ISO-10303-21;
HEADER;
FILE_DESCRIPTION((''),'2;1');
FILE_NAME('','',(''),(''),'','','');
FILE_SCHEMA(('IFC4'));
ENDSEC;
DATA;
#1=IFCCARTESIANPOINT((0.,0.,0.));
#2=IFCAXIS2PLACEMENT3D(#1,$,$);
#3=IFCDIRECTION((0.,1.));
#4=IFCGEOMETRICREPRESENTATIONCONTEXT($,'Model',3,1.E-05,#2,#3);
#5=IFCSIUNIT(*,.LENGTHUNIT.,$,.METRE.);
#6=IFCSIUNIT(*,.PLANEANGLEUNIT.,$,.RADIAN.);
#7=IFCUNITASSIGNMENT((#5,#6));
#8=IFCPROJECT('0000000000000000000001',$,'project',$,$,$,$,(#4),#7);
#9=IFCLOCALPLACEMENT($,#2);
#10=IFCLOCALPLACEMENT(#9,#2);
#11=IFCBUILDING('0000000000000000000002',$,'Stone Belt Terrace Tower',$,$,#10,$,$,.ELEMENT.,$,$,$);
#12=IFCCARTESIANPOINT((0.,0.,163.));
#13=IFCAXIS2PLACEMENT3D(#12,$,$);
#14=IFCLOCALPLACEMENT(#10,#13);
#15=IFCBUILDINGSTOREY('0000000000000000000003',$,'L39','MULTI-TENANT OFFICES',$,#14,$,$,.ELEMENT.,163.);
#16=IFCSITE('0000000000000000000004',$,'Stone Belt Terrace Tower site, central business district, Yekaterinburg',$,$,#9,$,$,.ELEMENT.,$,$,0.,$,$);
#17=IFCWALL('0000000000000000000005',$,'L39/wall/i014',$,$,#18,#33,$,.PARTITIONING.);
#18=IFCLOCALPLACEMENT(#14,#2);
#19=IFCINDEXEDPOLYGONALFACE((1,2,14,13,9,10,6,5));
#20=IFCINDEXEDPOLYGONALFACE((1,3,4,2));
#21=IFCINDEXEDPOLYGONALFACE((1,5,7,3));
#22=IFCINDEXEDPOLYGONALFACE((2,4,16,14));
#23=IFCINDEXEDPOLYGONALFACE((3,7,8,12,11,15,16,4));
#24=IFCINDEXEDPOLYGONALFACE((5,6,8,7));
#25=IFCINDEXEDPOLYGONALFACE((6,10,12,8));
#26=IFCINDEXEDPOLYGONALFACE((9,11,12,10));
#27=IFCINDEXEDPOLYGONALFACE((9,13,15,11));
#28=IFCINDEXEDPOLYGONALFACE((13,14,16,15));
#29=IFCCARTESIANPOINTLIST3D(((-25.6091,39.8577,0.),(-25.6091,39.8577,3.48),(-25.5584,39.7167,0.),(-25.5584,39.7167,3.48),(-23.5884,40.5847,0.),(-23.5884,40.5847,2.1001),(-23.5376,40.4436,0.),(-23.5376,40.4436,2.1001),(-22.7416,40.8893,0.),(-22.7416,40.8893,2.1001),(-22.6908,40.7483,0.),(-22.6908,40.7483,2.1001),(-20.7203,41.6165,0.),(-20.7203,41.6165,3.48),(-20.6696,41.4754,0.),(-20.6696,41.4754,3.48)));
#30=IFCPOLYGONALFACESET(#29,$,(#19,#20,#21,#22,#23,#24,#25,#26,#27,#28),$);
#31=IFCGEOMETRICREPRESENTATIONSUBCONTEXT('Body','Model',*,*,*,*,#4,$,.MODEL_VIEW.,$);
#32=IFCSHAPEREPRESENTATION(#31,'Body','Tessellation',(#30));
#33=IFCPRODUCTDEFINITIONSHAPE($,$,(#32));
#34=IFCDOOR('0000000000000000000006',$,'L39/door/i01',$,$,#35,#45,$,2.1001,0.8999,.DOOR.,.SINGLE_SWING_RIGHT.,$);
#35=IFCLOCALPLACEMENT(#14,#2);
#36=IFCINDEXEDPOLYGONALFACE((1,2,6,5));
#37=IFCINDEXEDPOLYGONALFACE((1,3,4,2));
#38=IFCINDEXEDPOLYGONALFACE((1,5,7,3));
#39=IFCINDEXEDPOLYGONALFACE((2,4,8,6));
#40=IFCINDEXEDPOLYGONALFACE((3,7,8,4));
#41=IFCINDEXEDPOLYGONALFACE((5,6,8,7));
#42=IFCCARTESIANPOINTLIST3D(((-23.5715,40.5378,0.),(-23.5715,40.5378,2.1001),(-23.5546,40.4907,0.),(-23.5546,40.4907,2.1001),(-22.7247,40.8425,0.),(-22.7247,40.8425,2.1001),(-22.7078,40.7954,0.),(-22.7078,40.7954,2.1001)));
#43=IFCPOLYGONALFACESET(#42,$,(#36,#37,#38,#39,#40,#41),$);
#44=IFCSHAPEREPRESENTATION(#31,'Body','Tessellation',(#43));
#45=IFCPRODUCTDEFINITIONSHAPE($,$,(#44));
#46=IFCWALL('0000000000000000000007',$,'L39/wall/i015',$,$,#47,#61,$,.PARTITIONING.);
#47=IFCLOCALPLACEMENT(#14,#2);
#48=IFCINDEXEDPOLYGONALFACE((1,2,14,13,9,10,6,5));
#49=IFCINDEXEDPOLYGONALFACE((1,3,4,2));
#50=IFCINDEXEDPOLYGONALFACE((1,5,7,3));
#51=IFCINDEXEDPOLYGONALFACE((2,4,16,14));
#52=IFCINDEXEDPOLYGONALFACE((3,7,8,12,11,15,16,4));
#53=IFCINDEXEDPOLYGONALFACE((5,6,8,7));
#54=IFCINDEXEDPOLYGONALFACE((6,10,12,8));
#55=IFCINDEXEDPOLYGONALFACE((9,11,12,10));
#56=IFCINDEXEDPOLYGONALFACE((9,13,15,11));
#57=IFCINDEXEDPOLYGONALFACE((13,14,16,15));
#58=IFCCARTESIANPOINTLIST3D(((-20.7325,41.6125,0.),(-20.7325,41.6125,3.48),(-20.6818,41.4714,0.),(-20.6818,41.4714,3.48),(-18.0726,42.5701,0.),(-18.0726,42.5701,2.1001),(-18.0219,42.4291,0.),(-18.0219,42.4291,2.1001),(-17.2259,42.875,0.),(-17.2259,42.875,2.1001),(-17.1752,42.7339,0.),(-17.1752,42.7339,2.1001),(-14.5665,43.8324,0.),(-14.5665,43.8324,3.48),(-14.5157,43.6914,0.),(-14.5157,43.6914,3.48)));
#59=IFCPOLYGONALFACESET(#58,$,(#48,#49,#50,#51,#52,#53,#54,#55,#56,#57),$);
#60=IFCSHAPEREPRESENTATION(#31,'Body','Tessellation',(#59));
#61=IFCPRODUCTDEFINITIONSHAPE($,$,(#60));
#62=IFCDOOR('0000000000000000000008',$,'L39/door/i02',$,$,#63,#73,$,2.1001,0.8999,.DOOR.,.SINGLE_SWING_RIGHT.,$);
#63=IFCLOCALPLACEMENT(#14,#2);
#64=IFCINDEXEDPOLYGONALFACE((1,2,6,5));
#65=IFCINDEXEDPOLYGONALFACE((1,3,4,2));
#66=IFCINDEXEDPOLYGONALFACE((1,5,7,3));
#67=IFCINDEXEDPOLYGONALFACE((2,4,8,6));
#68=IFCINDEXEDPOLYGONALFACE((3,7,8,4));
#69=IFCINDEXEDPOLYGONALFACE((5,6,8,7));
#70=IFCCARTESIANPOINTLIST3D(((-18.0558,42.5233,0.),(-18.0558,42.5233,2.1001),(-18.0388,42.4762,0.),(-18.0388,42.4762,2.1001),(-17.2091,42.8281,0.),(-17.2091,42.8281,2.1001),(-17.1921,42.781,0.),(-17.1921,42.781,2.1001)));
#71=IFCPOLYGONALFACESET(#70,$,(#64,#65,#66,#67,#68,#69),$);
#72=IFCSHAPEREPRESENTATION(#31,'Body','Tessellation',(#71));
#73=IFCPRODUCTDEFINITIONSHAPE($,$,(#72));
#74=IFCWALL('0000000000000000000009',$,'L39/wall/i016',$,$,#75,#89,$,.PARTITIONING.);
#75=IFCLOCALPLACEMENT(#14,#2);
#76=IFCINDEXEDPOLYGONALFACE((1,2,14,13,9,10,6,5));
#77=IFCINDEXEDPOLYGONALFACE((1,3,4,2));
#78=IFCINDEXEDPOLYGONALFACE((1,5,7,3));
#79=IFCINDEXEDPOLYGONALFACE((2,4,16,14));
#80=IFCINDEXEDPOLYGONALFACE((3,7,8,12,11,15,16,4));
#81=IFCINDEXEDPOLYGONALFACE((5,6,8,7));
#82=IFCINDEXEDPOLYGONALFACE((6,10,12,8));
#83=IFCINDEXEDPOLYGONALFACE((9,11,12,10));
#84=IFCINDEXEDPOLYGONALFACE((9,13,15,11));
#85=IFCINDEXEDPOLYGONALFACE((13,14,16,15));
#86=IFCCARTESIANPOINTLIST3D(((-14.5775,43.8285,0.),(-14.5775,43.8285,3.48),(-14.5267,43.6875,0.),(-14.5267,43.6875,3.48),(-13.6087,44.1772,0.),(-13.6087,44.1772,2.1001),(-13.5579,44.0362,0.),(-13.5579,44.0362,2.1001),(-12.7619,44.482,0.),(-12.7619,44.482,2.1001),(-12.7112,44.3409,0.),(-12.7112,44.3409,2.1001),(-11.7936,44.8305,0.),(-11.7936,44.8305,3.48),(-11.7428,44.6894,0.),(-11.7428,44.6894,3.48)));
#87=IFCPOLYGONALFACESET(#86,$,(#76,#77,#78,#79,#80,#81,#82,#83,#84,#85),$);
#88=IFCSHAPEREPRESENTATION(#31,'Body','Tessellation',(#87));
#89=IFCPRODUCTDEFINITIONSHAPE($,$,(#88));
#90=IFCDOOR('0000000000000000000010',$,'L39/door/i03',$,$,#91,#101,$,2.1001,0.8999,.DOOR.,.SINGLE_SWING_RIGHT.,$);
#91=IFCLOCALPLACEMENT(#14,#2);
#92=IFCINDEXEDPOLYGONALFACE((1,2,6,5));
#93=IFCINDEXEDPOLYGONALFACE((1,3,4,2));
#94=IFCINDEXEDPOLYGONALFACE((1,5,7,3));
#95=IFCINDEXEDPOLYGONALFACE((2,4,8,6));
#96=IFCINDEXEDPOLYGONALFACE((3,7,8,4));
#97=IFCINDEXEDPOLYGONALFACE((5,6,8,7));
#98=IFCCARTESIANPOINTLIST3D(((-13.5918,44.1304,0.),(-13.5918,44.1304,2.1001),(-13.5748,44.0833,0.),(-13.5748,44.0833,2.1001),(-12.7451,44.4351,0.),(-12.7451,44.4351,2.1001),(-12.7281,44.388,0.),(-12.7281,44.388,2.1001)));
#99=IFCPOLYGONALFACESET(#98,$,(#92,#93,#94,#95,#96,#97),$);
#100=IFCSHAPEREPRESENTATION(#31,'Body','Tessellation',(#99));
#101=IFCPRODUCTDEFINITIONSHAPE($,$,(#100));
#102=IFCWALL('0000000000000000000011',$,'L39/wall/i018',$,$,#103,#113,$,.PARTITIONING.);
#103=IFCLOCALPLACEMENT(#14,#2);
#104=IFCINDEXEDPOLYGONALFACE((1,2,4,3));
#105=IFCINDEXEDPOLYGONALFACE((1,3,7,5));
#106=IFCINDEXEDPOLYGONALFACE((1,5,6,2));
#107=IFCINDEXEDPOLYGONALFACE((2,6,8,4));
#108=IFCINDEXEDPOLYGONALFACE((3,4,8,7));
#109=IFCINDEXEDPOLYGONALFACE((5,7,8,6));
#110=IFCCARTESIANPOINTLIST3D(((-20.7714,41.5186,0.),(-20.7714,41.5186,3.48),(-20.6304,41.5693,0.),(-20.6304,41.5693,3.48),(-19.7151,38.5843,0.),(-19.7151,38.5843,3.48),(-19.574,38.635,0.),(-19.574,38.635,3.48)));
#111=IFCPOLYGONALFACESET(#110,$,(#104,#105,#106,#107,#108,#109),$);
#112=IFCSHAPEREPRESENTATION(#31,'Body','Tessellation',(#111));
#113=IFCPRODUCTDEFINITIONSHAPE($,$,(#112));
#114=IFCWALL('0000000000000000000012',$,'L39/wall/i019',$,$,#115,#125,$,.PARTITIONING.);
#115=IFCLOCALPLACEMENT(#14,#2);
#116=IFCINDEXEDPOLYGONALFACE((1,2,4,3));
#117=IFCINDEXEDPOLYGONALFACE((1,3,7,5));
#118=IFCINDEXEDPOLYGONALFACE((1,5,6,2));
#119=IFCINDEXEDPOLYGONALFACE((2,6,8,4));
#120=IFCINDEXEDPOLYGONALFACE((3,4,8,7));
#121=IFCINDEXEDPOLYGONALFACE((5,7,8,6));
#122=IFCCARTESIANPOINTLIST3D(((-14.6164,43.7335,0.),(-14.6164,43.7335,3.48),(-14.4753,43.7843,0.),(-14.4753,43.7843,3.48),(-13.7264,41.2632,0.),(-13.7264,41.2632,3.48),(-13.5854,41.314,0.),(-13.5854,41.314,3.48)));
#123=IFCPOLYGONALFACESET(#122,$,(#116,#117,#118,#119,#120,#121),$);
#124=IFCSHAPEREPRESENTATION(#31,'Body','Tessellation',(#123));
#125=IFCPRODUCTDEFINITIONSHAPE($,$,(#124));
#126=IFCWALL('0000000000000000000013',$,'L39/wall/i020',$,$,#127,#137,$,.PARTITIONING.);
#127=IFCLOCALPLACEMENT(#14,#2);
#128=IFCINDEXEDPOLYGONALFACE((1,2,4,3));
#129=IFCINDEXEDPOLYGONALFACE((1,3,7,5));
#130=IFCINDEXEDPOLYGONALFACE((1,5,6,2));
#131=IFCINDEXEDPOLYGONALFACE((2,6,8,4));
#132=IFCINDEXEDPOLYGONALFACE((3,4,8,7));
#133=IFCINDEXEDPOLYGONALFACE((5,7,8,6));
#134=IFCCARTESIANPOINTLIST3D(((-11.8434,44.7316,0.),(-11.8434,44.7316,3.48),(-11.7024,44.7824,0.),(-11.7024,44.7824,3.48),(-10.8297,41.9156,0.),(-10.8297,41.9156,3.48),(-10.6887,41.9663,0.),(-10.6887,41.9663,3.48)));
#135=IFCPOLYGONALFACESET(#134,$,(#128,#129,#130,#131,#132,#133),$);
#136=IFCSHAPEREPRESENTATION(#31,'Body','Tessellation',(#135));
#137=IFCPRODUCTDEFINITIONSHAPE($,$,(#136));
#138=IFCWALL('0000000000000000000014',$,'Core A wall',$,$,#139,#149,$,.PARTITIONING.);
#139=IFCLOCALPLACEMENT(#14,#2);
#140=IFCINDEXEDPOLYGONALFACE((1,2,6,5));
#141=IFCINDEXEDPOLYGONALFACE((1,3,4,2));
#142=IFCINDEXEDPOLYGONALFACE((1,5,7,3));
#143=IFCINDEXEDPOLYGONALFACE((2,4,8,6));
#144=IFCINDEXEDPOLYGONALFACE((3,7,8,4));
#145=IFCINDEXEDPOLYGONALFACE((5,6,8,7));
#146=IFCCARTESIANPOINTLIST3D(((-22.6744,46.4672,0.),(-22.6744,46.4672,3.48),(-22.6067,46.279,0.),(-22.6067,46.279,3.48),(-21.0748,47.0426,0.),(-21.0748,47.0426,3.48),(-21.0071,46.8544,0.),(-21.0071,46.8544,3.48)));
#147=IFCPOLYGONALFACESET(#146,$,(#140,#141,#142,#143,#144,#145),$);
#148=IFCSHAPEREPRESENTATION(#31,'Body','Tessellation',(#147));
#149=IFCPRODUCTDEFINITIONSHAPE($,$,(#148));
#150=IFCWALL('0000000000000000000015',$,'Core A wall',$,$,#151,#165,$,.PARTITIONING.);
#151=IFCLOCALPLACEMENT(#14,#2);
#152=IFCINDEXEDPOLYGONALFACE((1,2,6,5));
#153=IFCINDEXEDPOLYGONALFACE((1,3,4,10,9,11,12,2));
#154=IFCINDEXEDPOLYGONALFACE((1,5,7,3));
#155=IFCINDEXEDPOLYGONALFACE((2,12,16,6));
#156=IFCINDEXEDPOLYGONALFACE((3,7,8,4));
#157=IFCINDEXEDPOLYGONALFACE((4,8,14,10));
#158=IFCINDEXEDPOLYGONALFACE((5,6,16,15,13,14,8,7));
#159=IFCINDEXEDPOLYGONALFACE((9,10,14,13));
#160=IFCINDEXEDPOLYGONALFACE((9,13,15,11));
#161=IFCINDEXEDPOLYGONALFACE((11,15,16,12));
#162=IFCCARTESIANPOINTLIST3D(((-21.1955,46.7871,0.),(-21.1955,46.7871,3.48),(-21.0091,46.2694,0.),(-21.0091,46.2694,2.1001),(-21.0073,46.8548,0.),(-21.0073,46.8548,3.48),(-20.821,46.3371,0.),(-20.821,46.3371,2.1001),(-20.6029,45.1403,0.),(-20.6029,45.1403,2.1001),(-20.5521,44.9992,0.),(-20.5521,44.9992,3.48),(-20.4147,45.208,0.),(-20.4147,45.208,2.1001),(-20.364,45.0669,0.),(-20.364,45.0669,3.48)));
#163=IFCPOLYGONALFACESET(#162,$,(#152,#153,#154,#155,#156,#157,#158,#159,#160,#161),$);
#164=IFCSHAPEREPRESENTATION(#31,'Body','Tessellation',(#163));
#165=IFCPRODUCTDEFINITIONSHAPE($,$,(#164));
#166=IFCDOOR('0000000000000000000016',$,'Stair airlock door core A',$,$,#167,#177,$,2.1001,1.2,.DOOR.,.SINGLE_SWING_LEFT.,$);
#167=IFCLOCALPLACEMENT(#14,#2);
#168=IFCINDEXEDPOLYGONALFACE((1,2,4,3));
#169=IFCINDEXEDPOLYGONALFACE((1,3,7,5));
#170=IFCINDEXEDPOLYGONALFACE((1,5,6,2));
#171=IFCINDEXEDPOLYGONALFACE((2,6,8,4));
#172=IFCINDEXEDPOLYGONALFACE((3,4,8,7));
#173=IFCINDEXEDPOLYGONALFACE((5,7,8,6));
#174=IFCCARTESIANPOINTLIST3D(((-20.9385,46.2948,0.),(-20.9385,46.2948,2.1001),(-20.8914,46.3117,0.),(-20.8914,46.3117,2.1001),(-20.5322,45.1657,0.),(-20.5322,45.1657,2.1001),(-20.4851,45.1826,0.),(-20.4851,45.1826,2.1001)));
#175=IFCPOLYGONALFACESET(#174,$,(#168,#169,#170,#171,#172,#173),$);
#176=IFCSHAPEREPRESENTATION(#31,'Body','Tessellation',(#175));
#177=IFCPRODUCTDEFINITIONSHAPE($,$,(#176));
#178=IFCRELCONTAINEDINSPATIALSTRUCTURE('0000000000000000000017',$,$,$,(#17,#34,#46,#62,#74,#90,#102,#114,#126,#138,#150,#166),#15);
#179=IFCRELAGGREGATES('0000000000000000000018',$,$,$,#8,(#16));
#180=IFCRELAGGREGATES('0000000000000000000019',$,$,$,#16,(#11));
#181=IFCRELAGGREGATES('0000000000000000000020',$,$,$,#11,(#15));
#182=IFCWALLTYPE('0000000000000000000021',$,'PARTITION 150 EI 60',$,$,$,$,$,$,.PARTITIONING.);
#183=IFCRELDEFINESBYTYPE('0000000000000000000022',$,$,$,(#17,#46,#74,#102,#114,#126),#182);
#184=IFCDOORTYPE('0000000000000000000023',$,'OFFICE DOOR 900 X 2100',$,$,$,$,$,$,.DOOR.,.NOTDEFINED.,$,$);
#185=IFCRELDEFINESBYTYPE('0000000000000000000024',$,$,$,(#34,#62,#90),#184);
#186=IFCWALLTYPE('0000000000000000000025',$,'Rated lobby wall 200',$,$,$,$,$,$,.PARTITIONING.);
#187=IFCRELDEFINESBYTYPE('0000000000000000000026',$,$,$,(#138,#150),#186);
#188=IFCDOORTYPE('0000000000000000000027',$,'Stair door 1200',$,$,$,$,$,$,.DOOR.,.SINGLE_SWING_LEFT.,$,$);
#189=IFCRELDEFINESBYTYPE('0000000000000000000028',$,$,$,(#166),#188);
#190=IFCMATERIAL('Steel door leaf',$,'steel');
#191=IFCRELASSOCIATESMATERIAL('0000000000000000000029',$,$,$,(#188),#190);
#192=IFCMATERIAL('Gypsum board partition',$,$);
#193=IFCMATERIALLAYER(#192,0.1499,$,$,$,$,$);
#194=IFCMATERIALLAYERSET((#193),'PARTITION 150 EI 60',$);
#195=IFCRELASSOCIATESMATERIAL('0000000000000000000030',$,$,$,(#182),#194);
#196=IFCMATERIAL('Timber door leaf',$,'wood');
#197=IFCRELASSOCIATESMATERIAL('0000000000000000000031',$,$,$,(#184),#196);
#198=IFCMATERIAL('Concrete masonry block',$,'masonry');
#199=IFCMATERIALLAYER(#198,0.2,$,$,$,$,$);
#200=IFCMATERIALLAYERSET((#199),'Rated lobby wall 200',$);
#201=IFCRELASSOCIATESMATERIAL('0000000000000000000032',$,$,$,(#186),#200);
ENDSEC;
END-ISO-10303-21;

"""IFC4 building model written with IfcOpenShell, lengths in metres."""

from ifc_helpers import new_model, si_unit, direction, frame, frame_2d, origin, place, context, subcontext, project, spatial, rectangle, extrude, material, layer, layer_set, type_object, element, fill, save


model = new_model("IFC4")

# Units and contexts
model_context = context("Model", 3, precision=1e-05, world=origin(), true_north=direction((0.0, 1.0)))
body_context = subcontext(model_context, "Body", "Model", "MODEL_VIEW")
ifc_project = project(units=[si_unit("LENGTHUNIT", "METRE"), si_unit("PLANEANGLEUNIT", "RADIAN")], contexts=[model_context])

# Site, building, storey
site_placement = place(None, origin())
site = spatial("IfcSite", under=ifc_project, at=site_placement, Name="Stone Belt Terrace Tower site, central business district, Yekaterinburg", CompositionType="ELEMENT", RefElevation=0.0)
building_placement = place(site_placement, origin())
building = spatial("IfcBuilding", under=site, at=building_placement, Name="Stone Belt Terrace Tower", CompositionType="ELEMENT")
storey_placement = place(building_placement, frame((0.0, 0.0, 163.0)))
storey = spatial("IfcBuildingStorey", under=building, at=storey_placement, Name="L39", Description="MULTI-TENANT OFFICES", CompositionType="ELEMENT", Elevation=163.0)

# Shared definitions
ifc_material_1 = material(Name="Steel door leaf", Category="steel")
door_type_1 = type_object("IfcDoorType", Name="Stair door 1200", OperationType="SINGLE_SWING_LEFT", PredefinedType="DOOR", material=ifc_material_1)

# Shared definitions
ifc_material_2 = material(Name="Timber door leaf", Category="wood")

# Shared definitions
ifc_material_3 = material(Name="Gypsum board partition")
ifc_layer_1 = layer(ifc_material_3, 0.1499)
ifc_layer_set_1 = layer_set([ifc_layer_1], Name="PARTITION 150 EI 60")
wall_type_1 = type_object("IfcWallType", Name="PARTITION 150 EI 60", PredefinedType="PARTITIONING", material=ifc_layer_set_1)

# Walls, openings, doors
wall_1_placement = place(storey_placement, frame((-20.6951, 41.5459, 0.0), z_axis=(0.0, 0.0, 1.0), x_axis=(-0.940962, -0.338511, 0.0)))
wall_1 = element("IfcWall", 1, at=wall_1_placement, inside=storey, type_object=wall_type_1, Name="L39/wall/i014", PredefinedType="PARTITIONING", context=body_context, shape_type="SweptSolid", body=[
    extrude(rectangle(XDim=5.1956, YDim=0.1499, at=frame_2d((2.5977, 0.0))), origin(), (0.0, 0.0, 1.0), 3.48),
])
opening_1_placement = place(wall_1_placement, frame((2.1479, 0.0, 0.0)))
opening_1 = element("IfcOpeningElement", 2, at=opening_1_placement, cuts=wall_1, PredefinedType="OPENING", context=body_context, shape_type="SweptSolid", body=[
    extrude(rectangle(XDim=0.8999, YDim=2.1001, at=frame_2d((0.45, 1.05))), frame((0.0, 0.085, 0.0), z_axis=(0.0, -1.0, 0.0), x_axis=(1.0, 0.0, 0.0)), (0.0, 0.0, 1.0), 0.1699),
])
door_type_2 = type_object("IfcDoorType", Name="OFFICE DOOR 900 X 2100", OperationType="NOTDEFINED", PredefinedType="DOOR", material=ifc_material_2)
door_1_placement = place(opening_1_placement, origin())
door_1 = element("IfcDoor", 3, at=door_1_placement, inside=storey, type_object=door_type_2, Name="L39/door/i01", OperationType="SINGLE_SWING_RIGHT", OverallHeight=2.1001, OverallWidth=0.8999, PredefinedType="DOOR", context=body_context, shape_type="SweptSolid", body=[
    extrude(rectangle(XDim=0.8999, YDim=2.1001, at=frame_2d((0.45, 1.05))), frame((0.0, 0.0249, 0.0), z_axis=(0.0, -1.0, 0.0), x_axis=(1.0, 0.0, 0.0)), (0.0, 0.0, 1.0), 0.05),
])
fill(opening_1, door_1)
wall_2_placement = place(storey_placement, frame((-14.541, 43.762, 0.0), z_axis=(0.0, 0.0, 1.0), x_axis=(-0.940877, -0.338747, 0.0)))
wall_2 = element("IfcWall", 4, at=wall_2_placement, inside=storey, type_object=wall_type_1, Name="L39/wall/i015", PredefinedType="PARTITIONING", context=body_context, shape_type="SweptSolid", body=[
    extrude(rectangle(XDim=6.5535, YDim=0.1499, at=frame_2d((3.2769, 0.0))), origin(), (0.0, 0.0, 1.0), 3.48),
])
opening_2_placement = place(wall_2_placement, frame((2.8267, 0.0, 0.0)))
opening_2 = element("IfcOpeningElement", 5, at=opening_2_placement, cuts=wall_2, PredefinedType="OPENING", context=body_context, shape_type="SweptSolid", body=[
    extrude(rectangle(XDim=0.8999, YDim=2.1001, at=frame_2d((0.45, 1.05))), frame((0.0, 0.085, 0.0), z_axis=(0.0, -1.0, 0.0), x_axis=(1.0, 0.0, 0.0)), (0.0, 0.0, 1.0), 0.1699),
])
door_2_placement = place(opening_2_placement, origin())
door_2 = element("IfcDoor", 6, at=door_2_placement, inside=storey, type_object=door_type_2, Name="L39/door/i02", OperationType="SINGLE_SWING_RIGHT", OverallHeight=2.1001, OverallWidth=0.8999, PredefinedType="DOOR", context=body_context, shape_type="SweptSolid", body=[
    extrude(rectangle(XDim=0.8999, YDim=2.1001, at=frame_2d((0.45, 1.05))), frame((0.0, 0.0249, 0.0), z_axis=(0.0, -1.0, 0.0), x_axis=(1.0, 0.0, 0.0)), (0.0, 0.0, 1.0), 0.05),
])
fill(opening_2, door_2)
wall_3_placement = place(storey_placement, frame((-11.7681, 44.76, 0.0), z_axis=(0.0, 0.0, 1.0), x_axis=(-0.940916, -0.338641, 0.0)))
wall_3 = element("IfcWall", 7, at=wall_3_placement, inside=storey, type_object=wall_type_1, Name="L39/wall/i016", PredefinedType="PARTITIONING", context=body_context, shape_type="SweptSolid", body=[
    extrude(rectangle(XDim=2.9587, YDim=0.1499, at=frame_2d((1.4795, 0.0))), origin(), (0.0, 0.0, 1.0), 3.48),
])
opening_3_placement = place(wall_3_placement, frame((1.0293, 0.0, 0.0)))
opening_3 = element("IfcOpeningElement", 8, at=opening_3_placement, cuts=wall_3, PredefinedType="OPENING", context=body_context, shape_type="SweptSolid", body=[
    extrude(rectangle(XDim=0.8999, YDim=2.1001, at=frame_2d((0.45, 1.05))), frame((0.0, 0.085, 0.0), z_axis=(0.0, -1.0, 0.0), x_axis=(1.0, 0.0, 0.0)), (0.0, 0.0, 1.0), 0.1699),
])
door_3_placement = place(opening_3_placement, origin())
door_3 = element("IfcDoor", 9, at=door_3_placement, inside=storey, type_object=door_type_2, Name="L39/door/i03", OperationType="SINGLE_SWING_RIGHT", OverallHeight=2.1001, OverallWidth=0.8999, PredefinedType="DOOR", context=body_context, shape_type="SweptSolid", body=[
    extrude(rectangle(XDim=0.8999, YDim=2.1001, at=frame_2d((0.45, 1.05))), frame((0.0, 0.0249, 0.0), z_axis=(0.0, -1.0, 0.0), x_axis=(1.0, 0.0, 0.0)), (0.0, 0.0, 1.0), 0.05),
])
fill(opening_3, door_3)

# Walls
wall_4_placement = place(storey_placement, frame((-20.7009, 41.5439, 0.0), z_axis=(0.0, 0.0, 1.0), x_axis=(0.338731, -0.940883, 0.0)))
element("IfcWall", 10, at=wall_4_placement, inside=storey, type_object=wall_type_1, Name="L39/wall/i018", PredefinedType="PARTITIONING", context=body_context, shape_type="SweptSolid", body=[
    extrude(rectangle(XDim=3.1187, YDim=0.1499, at=frame_2d((1.5593, 0.0))), origin(), (0.0, 0.0, 1.0), 3.48),
])
wall_5_placement = place(storey_placement, frame((-14.5459, 43.759, 0.0), z_axis=(0.0, 0.0, 1.0), x_axis=(0.338927, -0.940813, 0.0)))
element("IfcWall", 11, at=wall_5_placement, inside=storey, type_object=wall_type_1, Name="L39/wall/i019", PredefinedType="PARTITIONING", context=body_context, shape_type="SweptSolid", body=[
    extrude(rectangle(XDim=2.6257, YDim=0.1499, at=frame_2d((1.313, 0.0))), origin(), (0.0, 0.0, 1.0), 3.48),
])
wall_6_placement = place(storey_placement, frame((-11.7729, 44.7571, 0.0), z_axis=(0.0, 0.0, 1.0), x_axis=(0.338702, -0.940894, 0.0)))
element("IfcWall", 12, at=wall_6_placement, inside=storey, type_object=wall_type_1, Name="L39/wall/i020", PredefinedType="PARTITIONING", context=body_context, shape_type="SweptSolid", body=[
    extrude(rectangle(XDim=2.9929, YDim=0.1499, at=frame_2d((1.4966, 0.0))), origin(), (0.0, 0.0, 1.0), 3.48),
])
ifc_material_4 = material(Name="Concrete masonry block", Category="masonry")
ifc_layer_2 = layer(ifc_material_4, 0.2)
ifc_layer_set_2 = layer_set([ifc_layer_2], Name="Rated lobby wall 200")
wall_type_2 = type_object("IfcWallType", Name="Rated lobby wall 200", PredefinedType="PARTITIONING", material=ifc_layer_set_2)
wall_7_placement = place(storey_placement, frame((-22.6406, 46.373, 0.0), z_axis=(0.0, 0.0, 1.0), x_axis=(0.940966, 0.338501, 0.0)))
element("IfcWall", 13, at=wall_7_placement, inside=storey, type_object=wall_type_2, Name="Core A wall", PredefinedType="PARTITIONING", context=body_context, shape_type="SweptSolid", body=[
    extrude(rectangle(XDim=1.7, YDim=0.2, at=frame_2d((0.8501, 0.0))), origin(), (0.0, 0.0, 1.0), 3.48),
])

# Wall, opening, door
wall_8_placement = place(storey_placement, frame((-20.458, 45.033, 0.0), z_axis=(0.0, 0.0, 1.0), x_axis=(-0.338574, 0.94094, 0.0)))
wall_8 = element("IfcWall", 14, at=wall_8_placement, inside=storey, type_object=wall_type_2, Name="Core A wall", PredefinedType="PARTITIONING", context=body_context, shape_type="SweptSolid", body=[
    extrude(rectangle(XDim=1.9001, YDim=0.2, at=frame_2d((0.9502, 0.0))), origin(), (0.0, 0.0, 1.0), 3.48),
])
opening_4_placement = place(wall_8_placement, frame((0.1499, 0.0, 0.0)))
opening_4 = element("IfcOpeningElement", 15, at=opening_4_placement, cuts=wall_8, PredefinedType="OPENING", context=body_context, shape_type="SweptSolid", body=[
    extrude(rectangle(XDim=1.2, YDim=2.1001, at=frame_2d((0.6001, 1.05))), frame((0.0, 0.1099, 0.0), z_axis=(0.0, -1.0, 0.0), x_axis=(1.0, 0.0, 0.0)), (0.0, 0.0, 1.0), 0.22),
])
door_4_placement = place(opening_4_placement, origin())
door_4 = element("IfcDoor", 16, at=door_4_placement, inside=storey, type_object=door_type_1, Name="Stair airlock door core A", OperationType="SINGLE_SWING_LEFT", OverallHeight=2.1001, OverallWidth=1.2, PredefinedType="DOOR", context=body_context, shape_type="SweptSolid", body=[
    extrude(rectangle(XDim=1.2, YDim=2.1001, at=frame_2d((0.6001, 1.05))), frame((0.0, 0.0249, 0.0), z_axis=(0.0, -1.0, 0.0), x_axis=(1.0, 0.0, 0.0)), (0.0, 0.0, 1.0), 0.05),
])
fill(opening_4, door_4)

save(model, "model.ifc")
